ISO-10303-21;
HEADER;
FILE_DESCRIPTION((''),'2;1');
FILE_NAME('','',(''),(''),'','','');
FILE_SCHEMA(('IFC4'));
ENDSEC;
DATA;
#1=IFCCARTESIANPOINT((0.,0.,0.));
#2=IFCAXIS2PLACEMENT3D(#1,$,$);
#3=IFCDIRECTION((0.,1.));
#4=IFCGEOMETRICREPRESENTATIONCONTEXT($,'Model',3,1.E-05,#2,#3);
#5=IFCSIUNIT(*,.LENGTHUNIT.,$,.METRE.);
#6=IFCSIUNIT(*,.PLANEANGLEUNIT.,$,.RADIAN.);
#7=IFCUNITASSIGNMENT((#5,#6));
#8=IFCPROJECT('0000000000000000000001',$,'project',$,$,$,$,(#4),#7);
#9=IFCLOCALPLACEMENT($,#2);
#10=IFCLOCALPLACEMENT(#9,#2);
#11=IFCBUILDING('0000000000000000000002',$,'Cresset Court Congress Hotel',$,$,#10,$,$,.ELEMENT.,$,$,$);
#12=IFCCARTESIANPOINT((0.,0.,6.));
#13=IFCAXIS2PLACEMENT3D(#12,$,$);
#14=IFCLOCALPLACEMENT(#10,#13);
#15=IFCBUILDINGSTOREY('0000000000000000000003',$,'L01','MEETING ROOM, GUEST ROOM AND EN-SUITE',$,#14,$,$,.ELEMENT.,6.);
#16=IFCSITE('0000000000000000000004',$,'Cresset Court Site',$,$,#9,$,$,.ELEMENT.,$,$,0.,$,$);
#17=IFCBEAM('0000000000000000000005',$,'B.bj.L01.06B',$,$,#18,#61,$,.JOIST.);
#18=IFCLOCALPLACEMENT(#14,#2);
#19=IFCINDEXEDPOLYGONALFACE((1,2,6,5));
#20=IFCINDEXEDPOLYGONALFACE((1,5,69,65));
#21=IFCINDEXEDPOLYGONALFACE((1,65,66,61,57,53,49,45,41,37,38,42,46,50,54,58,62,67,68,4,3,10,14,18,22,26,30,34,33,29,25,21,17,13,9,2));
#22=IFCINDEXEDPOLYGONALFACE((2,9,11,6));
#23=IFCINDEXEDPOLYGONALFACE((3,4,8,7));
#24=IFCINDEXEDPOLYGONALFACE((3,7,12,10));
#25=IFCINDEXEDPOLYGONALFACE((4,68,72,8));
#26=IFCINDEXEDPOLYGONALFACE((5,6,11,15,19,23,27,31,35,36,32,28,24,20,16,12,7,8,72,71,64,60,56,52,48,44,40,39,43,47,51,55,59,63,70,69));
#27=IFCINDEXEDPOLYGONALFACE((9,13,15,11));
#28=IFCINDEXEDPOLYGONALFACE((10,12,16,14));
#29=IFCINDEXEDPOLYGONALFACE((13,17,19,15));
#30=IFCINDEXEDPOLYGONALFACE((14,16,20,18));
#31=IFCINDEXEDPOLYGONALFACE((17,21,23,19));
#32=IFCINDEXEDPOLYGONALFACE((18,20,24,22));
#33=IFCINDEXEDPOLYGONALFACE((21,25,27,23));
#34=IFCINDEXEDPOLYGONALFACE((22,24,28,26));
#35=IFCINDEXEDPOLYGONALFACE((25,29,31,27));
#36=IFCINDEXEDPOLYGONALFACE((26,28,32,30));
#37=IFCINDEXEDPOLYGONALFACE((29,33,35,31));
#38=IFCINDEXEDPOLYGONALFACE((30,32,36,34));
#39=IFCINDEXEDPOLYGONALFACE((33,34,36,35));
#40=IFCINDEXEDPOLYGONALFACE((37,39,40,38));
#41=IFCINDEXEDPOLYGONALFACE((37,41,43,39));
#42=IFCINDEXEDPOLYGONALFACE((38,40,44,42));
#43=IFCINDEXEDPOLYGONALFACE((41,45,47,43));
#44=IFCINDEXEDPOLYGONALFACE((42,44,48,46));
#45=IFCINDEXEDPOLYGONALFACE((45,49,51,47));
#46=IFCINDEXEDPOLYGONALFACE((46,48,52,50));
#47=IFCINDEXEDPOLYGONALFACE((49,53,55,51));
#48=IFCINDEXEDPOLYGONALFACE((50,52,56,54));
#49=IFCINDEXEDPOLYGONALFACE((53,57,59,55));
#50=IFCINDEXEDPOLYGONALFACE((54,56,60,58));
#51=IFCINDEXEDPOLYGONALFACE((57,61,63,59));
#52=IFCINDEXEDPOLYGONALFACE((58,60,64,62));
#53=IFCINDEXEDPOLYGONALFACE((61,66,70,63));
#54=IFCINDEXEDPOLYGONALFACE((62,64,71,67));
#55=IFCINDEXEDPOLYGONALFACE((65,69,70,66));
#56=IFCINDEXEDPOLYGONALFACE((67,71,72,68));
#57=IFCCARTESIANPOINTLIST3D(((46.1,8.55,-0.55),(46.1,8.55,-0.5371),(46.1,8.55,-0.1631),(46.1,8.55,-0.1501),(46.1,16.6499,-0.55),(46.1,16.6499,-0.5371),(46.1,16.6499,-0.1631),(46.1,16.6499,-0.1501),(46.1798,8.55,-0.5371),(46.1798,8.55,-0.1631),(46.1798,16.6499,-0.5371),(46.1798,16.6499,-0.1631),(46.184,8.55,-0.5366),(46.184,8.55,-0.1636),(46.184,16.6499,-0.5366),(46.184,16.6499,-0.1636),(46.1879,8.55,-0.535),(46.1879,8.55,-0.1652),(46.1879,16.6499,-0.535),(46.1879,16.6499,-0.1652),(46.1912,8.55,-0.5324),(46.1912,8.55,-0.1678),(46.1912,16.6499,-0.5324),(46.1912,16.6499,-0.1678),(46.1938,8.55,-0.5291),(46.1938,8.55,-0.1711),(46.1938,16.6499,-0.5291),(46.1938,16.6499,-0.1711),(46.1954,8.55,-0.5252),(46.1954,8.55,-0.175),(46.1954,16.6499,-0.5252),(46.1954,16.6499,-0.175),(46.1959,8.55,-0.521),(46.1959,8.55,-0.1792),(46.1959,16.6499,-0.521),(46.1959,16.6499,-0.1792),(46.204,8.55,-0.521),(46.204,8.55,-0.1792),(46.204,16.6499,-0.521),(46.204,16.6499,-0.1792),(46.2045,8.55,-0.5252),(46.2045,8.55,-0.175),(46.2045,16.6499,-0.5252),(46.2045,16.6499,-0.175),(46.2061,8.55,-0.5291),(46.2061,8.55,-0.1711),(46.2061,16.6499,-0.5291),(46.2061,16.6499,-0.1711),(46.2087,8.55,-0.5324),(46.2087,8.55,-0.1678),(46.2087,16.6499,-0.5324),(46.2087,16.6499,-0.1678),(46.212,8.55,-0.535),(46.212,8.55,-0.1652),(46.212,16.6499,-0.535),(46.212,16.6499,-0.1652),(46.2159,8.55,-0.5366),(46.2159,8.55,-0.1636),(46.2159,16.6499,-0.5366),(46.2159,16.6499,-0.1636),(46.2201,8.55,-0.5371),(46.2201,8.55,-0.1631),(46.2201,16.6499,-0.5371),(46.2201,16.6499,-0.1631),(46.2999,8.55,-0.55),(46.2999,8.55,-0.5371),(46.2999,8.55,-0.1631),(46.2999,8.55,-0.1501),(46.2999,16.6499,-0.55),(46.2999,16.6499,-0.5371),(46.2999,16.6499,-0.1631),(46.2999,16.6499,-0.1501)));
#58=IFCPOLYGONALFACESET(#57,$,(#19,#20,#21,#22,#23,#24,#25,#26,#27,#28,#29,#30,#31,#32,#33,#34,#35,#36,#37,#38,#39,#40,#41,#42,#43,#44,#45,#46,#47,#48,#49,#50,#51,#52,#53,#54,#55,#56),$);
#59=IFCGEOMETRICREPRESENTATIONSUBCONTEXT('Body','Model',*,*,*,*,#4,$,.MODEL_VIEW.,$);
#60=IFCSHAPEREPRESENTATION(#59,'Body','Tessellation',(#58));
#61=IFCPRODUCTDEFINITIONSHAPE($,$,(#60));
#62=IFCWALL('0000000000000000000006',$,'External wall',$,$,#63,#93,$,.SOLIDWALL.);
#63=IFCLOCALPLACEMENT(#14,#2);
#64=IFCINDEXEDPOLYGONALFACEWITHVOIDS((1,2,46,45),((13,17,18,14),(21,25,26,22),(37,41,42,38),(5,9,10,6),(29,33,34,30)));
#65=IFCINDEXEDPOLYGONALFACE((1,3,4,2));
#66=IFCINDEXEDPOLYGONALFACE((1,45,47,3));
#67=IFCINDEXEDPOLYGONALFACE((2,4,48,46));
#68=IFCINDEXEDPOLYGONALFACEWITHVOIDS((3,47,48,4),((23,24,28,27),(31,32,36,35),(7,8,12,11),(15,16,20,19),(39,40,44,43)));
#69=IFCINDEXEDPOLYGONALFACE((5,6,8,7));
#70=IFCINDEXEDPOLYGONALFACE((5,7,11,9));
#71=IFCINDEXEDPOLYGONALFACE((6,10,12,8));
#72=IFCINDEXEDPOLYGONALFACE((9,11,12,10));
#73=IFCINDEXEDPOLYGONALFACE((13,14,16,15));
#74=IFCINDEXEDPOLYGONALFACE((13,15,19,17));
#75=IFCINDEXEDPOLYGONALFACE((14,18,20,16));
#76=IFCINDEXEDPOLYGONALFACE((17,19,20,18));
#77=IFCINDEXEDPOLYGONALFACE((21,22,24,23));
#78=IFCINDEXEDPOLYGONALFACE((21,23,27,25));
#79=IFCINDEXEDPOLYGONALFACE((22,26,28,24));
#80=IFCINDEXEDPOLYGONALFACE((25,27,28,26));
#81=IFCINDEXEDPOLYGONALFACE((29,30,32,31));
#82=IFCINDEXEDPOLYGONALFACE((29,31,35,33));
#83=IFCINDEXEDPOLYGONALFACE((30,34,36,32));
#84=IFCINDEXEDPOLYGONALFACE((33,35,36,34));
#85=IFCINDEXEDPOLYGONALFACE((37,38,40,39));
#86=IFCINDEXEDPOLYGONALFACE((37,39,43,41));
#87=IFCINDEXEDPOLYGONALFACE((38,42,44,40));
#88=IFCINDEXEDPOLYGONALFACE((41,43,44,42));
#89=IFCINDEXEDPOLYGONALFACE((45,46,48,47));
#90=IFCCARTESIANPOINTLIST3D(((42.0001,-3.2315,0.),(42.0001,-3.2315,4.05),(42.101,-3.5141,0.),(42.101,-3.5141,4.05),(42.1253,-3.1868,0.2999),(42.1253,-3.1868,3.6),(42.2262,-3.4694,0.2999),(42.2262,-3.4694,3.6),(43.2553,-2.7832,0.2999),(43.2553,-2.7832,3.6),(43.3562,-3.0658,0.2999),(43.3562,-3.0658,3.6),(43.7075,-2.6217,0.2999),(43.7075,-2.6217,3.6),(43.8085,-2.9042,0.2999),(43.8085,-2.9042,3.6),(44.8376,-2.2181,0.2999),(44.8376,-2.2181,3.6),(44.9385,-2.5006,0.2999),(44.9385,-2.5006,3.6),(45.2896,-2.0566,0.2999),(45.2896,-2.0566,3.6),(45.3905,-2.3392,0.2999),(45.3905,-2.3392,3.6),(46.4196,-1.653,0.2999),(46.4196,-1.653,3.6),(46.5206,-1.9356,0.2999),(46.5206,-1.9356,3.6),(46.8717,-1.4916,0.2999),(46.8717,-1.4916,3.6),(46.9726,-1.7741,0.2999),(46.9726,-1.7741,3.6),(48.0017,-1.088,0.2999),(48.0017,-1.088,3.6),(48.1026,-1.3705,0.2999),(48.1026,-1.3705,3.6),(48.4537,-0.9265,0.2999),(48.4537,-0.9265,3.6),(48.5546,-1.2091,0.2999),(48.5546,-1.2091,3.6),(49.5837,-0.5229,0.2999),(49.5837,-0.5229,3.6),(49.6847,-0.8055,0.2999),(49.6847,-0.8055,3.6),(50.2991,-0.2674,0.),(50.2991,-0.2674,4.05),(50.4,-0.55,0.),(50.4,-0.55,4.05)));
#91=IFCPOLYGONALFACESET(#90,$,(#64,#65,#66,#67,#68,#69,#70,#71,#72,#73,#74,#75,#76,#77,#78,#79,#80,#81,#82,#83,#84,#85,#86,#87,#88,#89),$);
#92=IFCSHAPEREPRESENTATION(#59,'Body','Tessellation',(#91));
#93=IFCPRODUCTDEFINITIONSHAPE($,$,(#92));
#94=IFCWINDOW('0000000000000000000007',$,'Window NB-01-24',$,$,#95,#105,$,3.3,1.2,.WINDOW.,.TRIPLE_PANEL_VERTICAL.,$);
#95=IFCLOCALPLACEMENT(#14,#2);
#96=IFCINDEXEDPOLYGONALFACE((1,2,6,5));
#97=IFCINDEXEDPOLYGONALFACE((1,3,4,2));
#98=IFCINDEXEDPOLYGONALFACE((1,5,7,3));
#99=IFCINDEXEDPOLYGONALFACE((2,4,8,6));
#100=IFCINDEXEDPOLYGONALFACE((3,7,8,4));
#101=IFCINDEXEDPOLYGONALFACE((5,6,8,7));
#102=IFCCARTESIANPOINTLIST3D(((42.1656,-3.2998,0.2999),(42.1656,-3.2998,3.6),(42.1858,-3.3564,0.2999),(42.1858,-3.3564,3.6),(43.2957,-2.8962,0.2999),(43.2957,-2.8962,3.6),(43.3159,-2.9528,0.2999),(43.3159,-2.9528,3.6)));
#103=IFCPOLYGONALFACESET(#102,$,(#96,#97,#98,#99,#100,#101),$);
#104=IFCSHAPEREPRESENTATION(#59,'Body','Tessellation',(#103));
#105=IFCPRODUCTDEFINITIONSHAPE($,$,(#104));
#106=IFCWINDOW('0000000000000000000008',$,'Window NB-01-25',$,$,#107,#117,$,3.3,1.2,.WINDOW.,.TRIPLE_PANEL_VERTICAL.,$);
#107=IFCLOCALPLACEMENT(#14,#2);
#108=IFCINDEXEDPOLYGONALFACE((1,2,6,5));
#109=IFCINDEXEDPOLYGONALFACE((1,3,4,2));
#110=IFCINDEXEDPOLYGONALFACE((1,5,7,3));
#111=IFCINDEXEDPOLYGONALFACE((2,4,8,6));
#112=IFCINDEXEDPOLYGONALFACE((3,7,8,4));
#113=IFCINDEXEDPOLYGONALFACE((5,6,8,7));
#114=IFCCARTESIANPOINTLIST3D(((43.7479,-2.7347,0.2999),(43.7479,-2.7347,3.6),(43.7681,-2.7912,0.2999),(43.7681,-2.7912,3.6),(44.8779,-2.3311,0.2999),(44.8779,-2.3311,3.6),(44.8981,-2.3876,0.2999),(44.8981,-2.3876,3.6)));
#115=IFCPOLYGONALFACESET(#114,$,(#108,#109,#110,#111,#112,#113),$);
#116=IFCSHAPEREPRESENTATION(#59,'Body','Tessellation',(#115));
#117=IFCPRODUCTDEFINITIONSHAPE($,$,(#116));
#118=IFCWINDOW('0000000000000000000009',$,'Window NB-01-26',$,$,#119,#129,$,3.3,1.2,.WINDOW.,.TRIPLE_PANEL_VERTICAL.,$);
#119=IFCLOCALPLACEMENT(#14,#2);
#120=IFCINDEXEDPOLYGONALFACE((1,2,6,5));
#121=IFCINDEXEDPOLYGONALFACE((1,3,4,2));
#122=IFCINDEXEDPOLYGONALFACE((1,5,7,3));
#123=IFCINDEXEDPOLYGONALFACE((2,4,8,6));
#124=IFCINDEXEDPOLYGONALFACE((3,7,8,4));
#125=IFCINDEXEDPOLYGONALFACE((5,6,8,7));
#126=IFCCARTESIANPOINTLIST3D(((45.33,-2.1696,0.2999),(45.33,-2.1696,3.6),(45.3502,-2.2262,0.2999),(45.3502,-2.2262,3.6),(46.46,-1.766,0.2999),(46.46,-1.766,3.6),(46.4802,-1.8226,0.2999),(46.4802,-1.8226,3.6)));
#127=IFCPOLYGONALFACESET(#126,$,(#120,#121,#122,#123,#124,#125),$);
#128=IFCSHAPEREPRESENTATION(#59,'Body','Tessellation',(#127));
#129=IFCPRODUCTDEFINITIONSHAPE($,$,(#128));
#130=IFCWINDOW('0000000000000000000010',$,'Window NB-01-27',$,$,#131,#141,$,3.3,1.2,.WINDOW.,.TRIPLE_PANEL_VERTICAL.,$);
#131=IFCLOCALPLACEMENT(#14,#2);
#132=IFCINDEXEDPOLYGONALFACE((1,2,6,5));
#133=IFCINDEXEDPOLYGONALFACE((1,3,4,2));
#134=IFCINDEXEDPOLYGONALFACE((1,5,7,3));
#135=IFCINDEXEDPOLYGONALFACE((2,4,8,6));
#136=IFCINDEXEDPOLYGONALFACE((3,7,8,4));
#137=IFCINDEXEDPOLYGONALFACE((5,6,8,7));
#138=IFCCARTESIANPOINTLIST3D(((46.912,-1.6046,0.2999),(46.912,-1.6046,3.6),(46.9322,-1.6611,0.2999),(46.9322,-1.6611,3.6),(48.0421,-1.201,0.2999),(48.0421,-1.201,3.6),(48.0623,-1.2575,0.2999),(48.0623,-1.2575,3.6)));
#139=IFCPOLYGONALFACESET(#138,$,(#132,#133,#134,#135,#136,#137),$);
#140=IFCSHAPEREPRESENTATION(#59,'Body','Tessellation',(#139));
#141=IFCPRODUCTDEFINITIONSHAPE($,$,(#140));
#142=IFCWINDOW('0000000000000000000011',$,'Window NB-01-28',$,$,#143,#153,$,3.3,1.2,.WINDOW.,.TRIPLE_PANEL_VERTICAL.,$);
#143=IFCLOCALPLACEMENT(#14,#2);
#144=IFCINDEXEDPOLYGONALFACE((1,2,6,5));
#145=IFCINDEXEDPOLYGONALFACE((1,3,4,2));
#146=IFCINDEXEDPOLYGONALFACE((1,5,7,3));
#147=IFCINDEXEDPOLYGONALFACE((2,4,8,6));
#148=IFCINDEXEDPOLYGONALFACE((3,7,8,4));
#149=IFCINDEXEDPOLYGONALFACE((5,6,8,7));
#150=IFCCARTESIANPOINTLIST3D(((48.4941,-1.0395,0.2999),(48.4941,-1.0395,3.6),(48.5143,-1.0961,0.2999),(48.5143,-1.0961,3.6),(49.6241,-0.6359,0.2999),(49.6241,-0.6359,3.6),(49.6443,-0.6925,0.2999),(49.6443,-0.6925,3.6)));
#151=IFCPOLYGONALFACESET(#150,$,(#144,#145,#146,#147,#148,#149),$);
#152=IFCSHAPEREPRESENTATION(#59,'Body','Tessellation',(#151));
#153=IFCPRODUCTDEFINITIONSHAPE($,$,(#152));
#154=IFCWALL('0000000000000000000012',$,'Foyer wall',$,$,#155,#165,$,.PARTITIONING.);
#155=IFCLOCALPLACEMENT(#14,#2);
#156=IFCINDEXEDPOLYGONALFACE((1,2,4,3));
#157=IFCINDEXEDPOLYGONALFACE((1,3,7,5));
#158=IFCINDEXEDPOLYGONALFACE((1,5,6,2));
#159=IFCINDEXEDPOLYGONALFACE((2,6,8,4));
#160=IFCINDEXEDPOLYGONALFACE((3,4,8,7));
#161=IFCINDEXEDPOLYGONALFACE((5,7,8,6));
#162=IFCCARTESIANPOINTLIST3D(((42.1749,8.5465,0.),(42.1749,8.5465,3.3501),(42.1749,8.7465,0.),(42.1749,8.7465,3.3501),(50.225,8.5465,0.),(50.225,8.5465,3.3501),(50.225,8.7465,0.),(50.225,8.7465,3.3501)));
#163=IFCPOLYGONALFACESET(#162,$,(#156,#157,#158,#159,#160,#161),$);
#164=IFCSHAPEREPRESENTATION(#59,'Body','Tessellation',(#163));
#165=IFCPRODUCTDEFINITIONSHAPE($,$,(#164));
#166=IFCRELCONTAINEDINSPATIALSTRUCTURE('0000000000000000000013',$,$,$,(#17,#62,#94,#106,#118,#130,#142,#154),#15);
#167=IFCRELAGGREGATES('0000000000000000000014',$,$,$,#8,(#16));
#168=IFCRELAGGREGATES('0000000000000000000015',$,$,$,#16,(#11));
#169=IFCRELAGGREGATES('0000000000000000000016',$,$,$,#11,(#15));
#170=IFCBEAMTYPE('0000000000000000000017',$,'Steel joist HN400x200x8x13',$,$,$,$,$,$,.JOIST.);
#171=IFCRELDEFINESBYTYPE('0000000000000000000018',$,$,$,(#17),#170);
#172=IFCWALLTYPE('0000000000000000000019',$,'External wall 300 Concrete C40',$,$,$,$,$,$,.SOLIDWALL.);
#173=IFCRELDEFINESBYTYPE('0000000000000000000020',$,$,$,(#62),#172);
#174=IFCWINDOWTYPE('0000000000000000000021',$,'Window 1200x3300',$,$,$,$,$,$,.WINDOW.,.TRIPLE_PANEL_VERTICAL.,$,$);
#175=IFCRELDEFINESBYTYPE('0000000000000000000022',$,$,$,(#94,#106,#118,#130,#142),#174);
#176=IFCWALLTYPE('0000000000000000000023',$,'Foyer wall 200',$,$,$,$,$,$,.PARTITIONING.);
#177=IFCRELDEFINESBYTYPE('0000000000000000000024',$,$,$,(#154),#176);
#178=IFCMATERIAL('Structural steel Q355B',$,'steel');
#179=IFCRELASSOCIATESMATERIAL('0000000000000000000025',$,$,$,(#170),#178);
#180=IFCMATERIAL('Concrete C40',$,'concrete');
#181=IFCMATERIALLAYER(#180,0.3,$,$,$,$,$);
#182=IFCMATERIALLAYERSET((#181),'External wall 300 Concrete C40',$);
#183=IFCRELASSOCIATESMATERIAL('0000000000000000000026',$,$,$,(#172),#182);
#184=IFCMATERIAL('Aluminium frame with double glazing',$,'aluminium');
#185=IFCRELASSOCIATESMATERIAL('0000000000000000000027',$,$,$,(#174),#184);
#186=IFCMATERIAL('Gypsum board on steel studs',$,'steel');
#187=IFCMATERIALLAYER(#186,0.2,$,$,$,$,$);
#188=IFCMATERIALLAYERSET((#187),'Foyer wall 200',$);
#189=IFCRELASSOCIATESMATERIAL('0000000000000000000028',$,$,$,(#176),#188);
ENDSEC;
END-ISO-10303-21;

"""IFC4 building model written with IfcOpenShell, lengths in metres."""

from ifc_helpers import new_model, si_unit, direction, frame, frame_2d, origin, origin_2d, place, context, subcontext, project, spatial, rectangle, i_section, extrude, material, layer, layer_set, material_profile, profile_set, type_object, element, fill, save


model = new_model("IFC4")

# Units and contexts
model_context = context("Model", 3, precision=1e-05, world=origin(), true_north=direction((0.0, 1.0)))
body_context = subcontext(model_context, "Body", "Model", "MODEL_VIEW")
ifc_project = project(units=[si_unit("LENGTHUNIT", "METRE"), si_unit("PLANEANGLEUNIT", "RADIAN")], contexts=[model_context])

# Site, building, storey
site_placement = place(None, origin())
site = spatial("IfcSite", under=ifc_project, at=site_placement, Name="Cresset Court Site", CompositionType="ELEMENT", RefElevation=0.0)
building_placement = place(site_placement, origin())
building = spatial("IfcBuilding", under=site, at=building_placement, Name="Cresset Court Congress Hotel", CompositionType="ELEMENT")
storey_placement = place(building_placement, frame((0.0, 0.0, 6.0)))
storey = spatial("IfcBuildingStorey", under=building, at=storey_placement, Name="L01", Description="MEETING ROOM, GUEST ROOM AND EN-SUITE", CompositionType="ELEMENT", Elevation=6.0)

# Beam
ifc_material_1 = material(Name="Structural steel Q355B", Category="steel")
ifc_material_profile_1 = material_profile(ifc_material_1, i_section(OverallWidth=0.2, OverallDepth=0.3999, WebThickness=0.0081, FlangeThickness=0.0129, FilletRadius=0.0161, at=origin_2d()), Name="HN400x200x8x13")
ifc_profile_set_1 = profile_set([ifc_material_profile_1], Name="Structural steel Q355B")
beam_type_1 = type_object("IfcBeamType", Name="Steel joist HN400x200x8x13", PredefinedType="JOIST", material=ifc_profile_set_1)
beam_1_placement = place(storey_placement, frame((46.2, 8.55, -0.3501), z_axis=(0.0, 1.0, 0.0), x_axis=(-1.0, 0.0, 0.0)))
element("IfcBeam", 1, at=beam_1_placement, inside=storey, type_object=beam_type_1, Name="B.bj.L01.06B", PredefinedType="JOIST", context=body_context, shape_type="SweptSolid", body=[
    extrude(i_section(OverallWidth=0.2, OverallDepth=0.3999, WebThickness=0.0081, FlangeThickness=0.0129, FilletRadius=0.0161, at=origin_2d()), origin(), (0.0, 0.0, 1.0), 8.0999),
])

# Wall, openings, windows
ifc_material_2 = material(Name="Concrete C40", Category="concrete")
ifc_layer_1 = layer(ifc_material_2, 0.3)
ifc_layer_set_1 = layer_set([ifc_layer_1], Name="External wall 300 Concrete C40")
wall_type_1 = type_object("IfcWallType", Name="External wall 300 Concrete C40", PredefinedType="SOLIDWALL", material=ifc_layer_set_1)
wall_1_placement = place(storey_placement, frame((42.0505, -3.3728, 0.0), z_axis=(0.0, 0.0, 1.0), x_axis=(0.941736, 0.336352, 0.0)))
wall_1 = element("IfcWall", 2, at=wall_1_placement, inside=storey, type_object=wall_type_1, Name="External wall", PredefinedType="SOLIDWALL", context=body_context, shape_type="SweptSolid", body=[
    extrude(rectangle(XDim=8.8125, YDim=0.3, at=frame_2d((4.4062, 0.0))), origin(), (0.0, 0.0, 1.0), 4.05),
])
opening_1_placement = place(wall_1_placement, frame((0.1328, 0.0, 0.3)))
opening_1 = element("IfcOpeningElement", 3, at=opening_1_placement, cuts=wall_1, PredefinedType="OPENING", context=body_context, shape_type="SweptSolid", body=[
    extrude(rectangle(XDim=1.2, YDim=3.3, at=frame_2d((0.6001, 1.6499))), frame((0.0, 0.1599, 0.0), z_axis=(0.0, -1.0, 0.0), x_axis=(1.0, 0.0, 0.0)), (0.0, 0.0, 1.0), 0.3201),
])
opening_2_placement = place(wall_1_placement, frame((1.813, 0.0, 0.3)))
opening_2 = element("IfcOpeningElement", 4, at=opening_2_placement, cuts=wall_1, PredefinedType="OPENING", context=body_context, shape_type="SweptSolid", body=[
    extrude(rectangle(XDim=1.2, YDim=3.3, at=frame_2d((0.6001, 1.6499))), frame((0.0, 0.1599, 0.0), z_axis=(0.0, -1.0, 0.0), x_axis=(1.0, 0.0, 0.0)), (0.0, 0.0, 1.0), 0.3201),
])
opening_3_placement = place(wall_1_placement, frame((3.4929, 0.0, 0.3)))
opening_3 = element("IfcOpeningElement", 5, at=opening_3_placement, cuts=wall_1, PredefinedType="OPENING", context=body_context, shape_type="SweptSolid", body=[
    extrude(rectangle(XDim=1.2, YDim=3.3, at=frame_2d((0.6001, 1.6499))), frame((0.0, 0.1599, 0.0), z_axis=(0.0, -1.0, 0.0), x_axis=(1.0, 0.0, 0.0)), (0.0, 0.0, 1.0), 0.3201),
])
opening_4_placement = place(wall_1_placement, frame((5.1729, 0.0, 0.3)))
opening_4 = element("IfcOpeningElement", 6, at=opening_4_placement, cuts=wall_1, PredefinedType="OPENING", context=body_context, shape_type="SweptSolid", body=[
    extrude(rectangle(XDim=1.2, YDim=3.3, at=frame_2d((0.6001, 1.6499))), frame((0.0, 0.1599, 0.0), z_axis=(0.0, -1.0, 0.0), x_axis=(1.0, 0.0, 0.0)), (0.0, 0.0, 1.0), 0.3201),
])
opening_5_placement = place(wall_1_placement, frame((6.8528, 0.0, 0.3)))
opening_5 = element("IfcOpeningElement", 7, at=opening_5_placement, cuts=wall_1, PredefinedType="OPENING", context=body_context, shape_type="SweptSolid", body=[
    extrude(rectangle(XDim=1.2, YDim=3.3, at=frame_2d((0.6001, 1.6499))), frame((0.0, 0.1599, 0.0), z_axis=(0.0, -1.0, 0.0), x_axis=(1.0, 0.0, 0.0)), (0.0, 0.0, 1.0), 0.3201),
])
ifc_material_3 = material(Name="Aluminium frame with double glazing", Category="aluminium")
window_type = type_object("IfcWindowType", Name="Window 1200x3300", PartitioningType="TRIPLE_PANEL_VERTICAL", PredefinedType="WINDOW", material=ifc_material_3)
window_1_placement = place(opening_1_placement, origin())
window_1 = element("IfcWindow", 8, at=window_1_placement, inside=storey, type_object=window_type, Name="Window NB-01-24", OverallHeight=3.3, OverallWidth=1.2, PartitioningType="TRIPLE_PANEL_VERTICAL", PredefinedType="WINDOW", context=body_context, shape_type="SweptSolid", body=[
    extrude(rectangle(XDim=1.2, YDim=3.3, at=frame_2d((0.6001, 1.6499))), frame((0.0, 0.03, 0.0), z_axis=(0.0, -1.0, 0.0), x_axis=(1.0, 0.0, 0.0)), (0.0, 0.0, 1.0), 0.0601),
])
fill(opening_1, window_1)
window_2_placement = place(opening_2_placement, origin())
window_2 = element("IfcWindow", 9, at=window_2_placement, inside=storey, type_object=window_type, Name="Window NB-01-25", OverallHeight=3.3, OverallWidth=1.2, PartitioningType="TRIPLE_PANEL_VERTICAL", PredefinedType="WINDOW", context=body_context, shape_type="SweptSolid", body=[
    extrude(rectangle(XDim=1.2, YDim=3.3, at=frame_2d((0.6001, 1.6499))), frame((0.0, 0.03, 0.0), z_axis=(0.0, -1.0, 0.0), x_axis=(1.0, 0.0, 0.0)), (0.0, 0.0, 1.0), 0.0601),
])
fill(opening_2, window_2)
window_3_placement = place(opening_3_placement, origin())
window_3 = element("IfcWindow", 10, at=window_3_placement, inside=storey, type_object=window_type, Name="Window NB-01-26", OverallHeight=3.3, OverallWidth=1.2, PartitioningType="TRIPLE_PANEL_VERTICAL", PredefinedType="WINDOW", context=body_context, shape_type="SweptSolid", body=[
    extrude(rectangle(XDim=1.2, YDim=3.3, at=frame_2d((0.6001, 1.6499))), frame((0.0, 0.03, 0.0), z_axis=(0.0, -1.0, 0.0), x_axis=(1.0, 0.0, 0.0)), (0.0, 0.0, 1.0), 0.0601),
])
fill(opening_3, window_3)
window_4_placement = place(opening_4_placement, origin())
window_4 = element("IfcWindow", 11, at=window_4_placement, inside=storey, type_object=window_type, Name="Window NB-01-27", OverallHeight=3.3, OverallWidth=1.2, PartitioningType="TRIPLE_PANEL_VERTICAL", PredefinedType="WINDOW", context=body_context, shape_type="SweptSolid", body=[
    extrude(rectangle(XDim=1.2, YDim=3.3, at=frame_2d((0.6001, 1.6499))), frame((0.0, 0.03, 0.0), z_axis=(0.0, -1.0, 0.0), x_axis=(1.0, 0.0, 0.0)), (0.0, 0.0, 1.0), 0.0601),
])
fill(opening_4, window_4)
window_5_placement = place(opening_5_placement, origin())
window_5 = element("IfcWindow", 12, at=window_5_placement, inside=storey, type_object=window_type, Name="Window NB-01-28", OverallHeight=3.3, OverallWidth=1.2, PartitioningType="TRIPLE_PANEL_VERTICAL", PredefinedType="WINDOW", context=body_context, shape_type="SweptSolid", body=[
    extrude(rectangle(XDim=1.2, YDim=3.3, at=frame_2d((0.6001, 1.6499))), frame((0.0, 0.03, 0.0), z_axis=(0.0, -1.0, 0.0), x_axis=(1.0, 0.0, 0.0)), (0.0, 0.0, 1.0), 0.0601),
])
fill(opening_5, window_5)

# Wall
ifc_material_4 = material(Name="Gypsum board on steel studs", Category="steel")
ifc_layer_2 = layer(ifc_material_4, 0.2)
ifc_layer_set_2 = layer_set([ifc_layer_2], Name="Foyer wall 200")
wall_type_2 = type_object("IfcWallType", Name="Foyer wall 200", PredefinedType="PARTITIONING", material=ifc_layer_set_2)
wall_2_placement = place(storey_placement, frame((42.175, 8.6465, 0.0), z_axis=(0.0, 0.0, 1.0), x_axis=(1.0, 0.0, 0.0)))
element("IfcWall", 13, at=wall_2_placement, inside=storey, type_object=wall_type_2, Name="Foyer wall", PredefinedType="PARTITIONING", context=body_context, shape_type="SweptSolid", body=[
    extrude(rectangle(XDim=8.05, YDim=0.2, at=frame_2d((4.0249, 0.0))), origin(), (0.0, 0.0, 1.0), 3.3501),
])

save(model, "model.ifc")
